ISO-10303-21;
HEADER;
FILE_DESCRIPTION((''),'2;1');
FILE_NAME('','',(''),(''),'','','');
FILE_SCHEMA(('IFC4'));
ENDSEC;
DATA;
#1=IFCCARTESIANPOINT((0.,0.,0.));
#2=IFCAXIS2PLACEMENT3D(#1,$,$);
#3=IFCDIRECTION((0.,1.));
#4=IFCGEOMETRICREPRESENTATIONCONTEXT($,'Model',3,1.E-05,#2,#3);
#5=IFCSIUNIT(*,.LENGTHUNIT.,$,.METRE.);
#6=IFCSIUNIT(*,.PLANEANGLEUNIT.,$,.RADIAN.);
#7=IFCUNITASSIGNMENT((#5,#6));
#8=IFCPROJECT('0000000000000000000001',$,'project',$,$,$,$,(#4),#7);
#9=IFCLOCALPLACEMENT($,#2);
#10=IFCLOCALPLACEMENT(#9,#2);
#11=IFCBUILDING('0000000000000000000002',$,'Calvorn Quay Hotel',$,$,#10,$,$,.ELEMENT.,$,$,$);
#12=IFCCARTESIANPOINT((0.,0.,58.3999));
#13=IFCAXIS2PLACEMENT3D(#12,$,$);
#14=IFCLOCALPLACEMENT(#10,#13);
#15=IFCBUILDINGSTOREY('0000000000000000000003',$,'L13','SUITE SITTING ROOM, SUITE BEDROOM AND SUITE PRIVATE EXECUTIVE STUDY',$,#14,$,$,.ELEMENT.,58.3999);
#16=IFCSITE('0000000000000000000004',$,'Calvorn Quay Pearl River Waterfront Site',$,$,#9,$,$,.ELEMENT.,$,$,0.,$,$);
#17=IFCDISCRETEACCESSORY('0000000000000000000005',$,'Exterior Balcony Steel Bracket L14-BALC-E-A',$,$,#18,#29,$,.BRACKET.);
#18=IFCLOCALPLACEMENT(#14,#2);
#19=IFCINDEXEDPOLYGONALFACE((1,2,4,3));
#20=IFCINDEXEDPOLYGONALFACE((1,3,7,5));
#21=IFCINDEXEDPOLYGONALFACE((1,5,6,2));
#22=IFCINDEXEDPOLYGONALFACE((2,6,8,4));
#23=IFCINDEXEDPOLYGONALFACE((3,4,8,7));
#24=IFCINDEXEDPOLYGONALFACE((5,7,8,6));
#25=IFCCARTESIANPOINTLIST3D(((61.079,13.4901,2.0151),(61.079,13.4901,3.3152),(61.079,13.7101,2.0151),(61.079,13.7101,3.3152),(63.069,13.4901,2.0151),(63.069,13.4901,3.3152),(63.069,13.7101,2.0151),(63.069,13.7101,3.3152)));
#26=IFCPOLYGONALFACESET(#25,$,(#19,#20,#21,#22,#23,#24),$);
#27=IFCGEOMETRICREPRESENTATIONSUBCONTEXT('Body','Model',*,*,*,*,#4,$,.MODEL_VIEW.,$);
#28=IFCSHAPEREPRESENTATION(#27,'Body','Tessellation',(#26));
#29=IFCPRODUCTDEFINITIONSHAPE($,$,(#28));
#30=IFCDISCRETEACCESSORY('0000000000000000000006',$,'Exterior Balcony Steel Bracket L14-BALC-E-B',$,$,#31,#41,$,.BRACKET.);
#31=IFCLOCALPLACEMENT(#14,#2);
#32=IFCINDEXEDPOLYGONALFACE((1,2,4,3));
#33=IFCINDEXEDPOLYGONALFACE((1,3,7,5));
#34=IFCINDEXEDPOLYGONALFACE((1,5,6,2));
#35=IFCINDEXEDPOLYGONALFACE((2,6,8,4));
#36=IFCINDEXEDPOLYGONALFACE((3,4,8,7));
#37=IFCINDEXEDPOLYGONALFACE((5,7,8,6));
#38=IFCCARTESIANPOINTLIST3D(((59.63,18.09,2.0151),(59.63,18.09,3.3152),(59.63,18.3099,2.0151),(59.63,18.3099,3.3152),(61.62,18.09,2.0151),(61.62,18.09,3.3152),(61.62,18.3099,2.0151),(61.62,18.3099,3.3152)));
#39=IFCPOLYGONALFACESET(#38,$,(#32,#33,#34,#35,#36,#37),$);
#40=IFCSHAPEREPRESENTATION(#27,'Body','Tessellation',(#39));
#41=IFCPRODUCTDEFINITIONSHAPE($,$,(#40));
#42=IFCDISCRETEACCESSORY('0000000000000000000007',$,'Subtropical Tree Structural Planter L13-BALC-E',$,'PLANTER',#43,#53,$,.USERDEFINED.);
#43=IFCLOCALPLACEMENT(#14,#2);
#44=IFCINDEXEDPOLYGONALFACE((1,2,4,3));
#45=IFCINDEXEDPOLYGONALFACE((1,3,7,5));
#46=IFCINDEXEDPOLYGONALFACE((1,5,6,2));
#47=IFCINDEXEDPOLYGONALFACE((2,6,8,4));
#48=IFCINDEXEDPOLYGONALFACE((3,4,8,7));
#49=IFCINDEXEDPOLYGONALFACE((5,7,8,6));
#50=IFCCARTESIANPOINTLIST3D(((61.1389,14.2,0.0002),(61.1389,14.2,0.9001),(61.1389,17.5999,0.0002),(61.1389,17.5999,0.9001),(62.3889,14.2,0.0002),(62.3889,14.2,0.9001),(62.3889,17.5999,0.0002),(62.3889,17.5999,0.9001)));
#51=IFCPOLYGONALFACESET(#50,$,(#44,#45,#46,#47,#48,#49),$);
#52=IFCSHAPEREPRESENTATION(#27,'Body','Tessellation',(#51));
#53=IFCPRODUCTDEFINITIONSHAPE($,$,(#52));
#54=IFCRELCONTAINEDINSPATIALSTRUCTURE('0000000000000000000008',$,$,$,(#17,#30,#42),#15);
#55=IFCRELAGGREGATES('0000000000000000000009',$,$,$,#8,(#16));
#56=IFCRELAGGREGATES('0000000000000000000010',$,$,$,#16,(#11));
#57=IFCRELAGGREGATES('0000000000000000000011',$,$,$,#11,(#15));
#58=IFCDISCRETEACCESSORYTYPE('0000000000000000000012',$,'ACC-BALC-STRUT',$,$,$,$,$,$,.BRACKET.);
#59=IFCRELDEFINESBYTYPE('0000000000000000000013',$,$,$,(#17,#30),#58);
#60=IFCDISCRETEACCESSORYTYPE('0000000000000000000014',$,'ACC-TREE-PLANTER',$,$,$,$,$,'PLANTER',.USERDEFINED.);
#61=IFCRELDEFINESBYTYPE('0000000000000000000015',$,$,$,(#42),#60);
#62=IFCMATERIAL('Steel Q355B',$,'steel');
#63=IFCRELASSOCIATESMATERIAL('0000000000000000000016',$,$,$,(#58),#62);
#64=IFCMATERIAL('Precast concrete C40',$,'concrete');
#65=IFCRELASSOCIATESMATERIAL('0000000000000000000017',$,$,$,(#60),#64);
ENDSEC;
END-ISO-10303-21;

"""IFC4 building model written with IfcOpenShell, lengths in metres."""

from ifc_helpers import new_model, si_unit, direction, frame, origin, origin_2d, place, context, subcontext, project, spatial, rectangle, extrude, material, type_object, element, save


model = new_model("IFC4")

# Units and contexts
model_context = context("Model", 3, precision=1e-05, world=origin(), true_north=direction((0.0, 1.0)))
body_context = subcontext(model_context, "Body", "Model", "MODEL_VIEW")
ifc_project = project(units=[si_unit("LENGTHUNIT", "METRE"), si_unit("PLANEANGLEUNIT", "RADIAN")], contexts=[model_context])

# Site, building, storey
site_placement = place(None, origin())
site = spatial("IfcSite", under=ifc_project, at=site_placement, Name="Calvorn Quay Pearl River Waterfront Site", CompositionType="ELEMENT", RefElevation=0.0)
building_placement = place(site_placement, origin())
building = spatial("IfcBuilding", under=site, at=building_placement, Name="Calvorn Quay Hotel", CompositionType="ELEMENT")
storey_placement = place(building_placement, frame((0.0, 0.0, 58.3999)))
storey = spatial("IfcBuildingStorey", under=building, at=storey_placement, Name="L13", Description="SUITE SITTING ROOM, SUITE BEDROOM AND SUITE PRIVATE EXECUTIVE STUDY", CompositionType="ELEMENT", Elevation=58.3999)

# Discrete accessories
ifc_material_1 = material(Name="Steel Q355B", Category="steel")
discrete_accessory_type_1 = type_object("IfcDiscreteAccessoryType", Name="ACC-BALC-STRUT", PredefinedType="BRACKET", material=ifc_material_1)
for number, where, z_axis, x_axis, name in (
    (1, (62.074, 13.6001, 2.0151), (0.0, 0.0, 1.0), (1.0, 0.0, 0.0), "Exterior Balcony Steel Bracket L14-BALC-E-A"),
    (2, (60.625, 18.2, 2.0151), (0.0, 0.0, 1.0), (1.0, 0.0, 0.0), "Exterior Balcony Steel Bracket L14-BALC-E-B"),
):
    element("IfcDiscreteAccessory", number, at=place(storey_placement, frame(where, z_axis=z_axis, x_axis=x_axis)), inside=storey, type_object=discrete_accessory_type_1, Name=name, PredefinedType="BRACKET", context=body_context, shape_type="SweptSolid", body=[
        extrude(rectangle(XDim=1.99, YDim=0.22, at=origin_2d()), origin(), (0.0, 0.0, 1.0), 1.3),
    ])
ifc_material_2 = material(Name="Precast concrete C40", Category="concrete")
discrete_accessory_type_2 = type_object("IfcDiscreteAccessoryType", Name="ACC-TREE-PLANTER", ElementType="PLANTER", PredefinedType="USERDEFINED", material=ifc_material_2)
discrete_accessory_placement = place(storey_placement, frame((61.7639, 15.8999, 0.0002), z_axis=(0.0, 0.0, 1.0), x_axis=(1.0, 0.0, 0.0)))
element("IfcDiscreteAccessory", 3, at=discrete_accessory_placement, inside=storey, type_object=discrete_accessory_type_2, Name="Subtropical Tree Structural Planter L13-BALC-E", ObjectType="PLANTER", PredefinedType="USERDEFINED", context=body_context, shape_type="SweptSolid", body=[
    extrude(rectangle(XDim=1.25, YDim=3.3999, at=origin_2d()), origin(), (0.0, 0.0, 1.0), 0.8999),
])

save(model, "model.ifc")
